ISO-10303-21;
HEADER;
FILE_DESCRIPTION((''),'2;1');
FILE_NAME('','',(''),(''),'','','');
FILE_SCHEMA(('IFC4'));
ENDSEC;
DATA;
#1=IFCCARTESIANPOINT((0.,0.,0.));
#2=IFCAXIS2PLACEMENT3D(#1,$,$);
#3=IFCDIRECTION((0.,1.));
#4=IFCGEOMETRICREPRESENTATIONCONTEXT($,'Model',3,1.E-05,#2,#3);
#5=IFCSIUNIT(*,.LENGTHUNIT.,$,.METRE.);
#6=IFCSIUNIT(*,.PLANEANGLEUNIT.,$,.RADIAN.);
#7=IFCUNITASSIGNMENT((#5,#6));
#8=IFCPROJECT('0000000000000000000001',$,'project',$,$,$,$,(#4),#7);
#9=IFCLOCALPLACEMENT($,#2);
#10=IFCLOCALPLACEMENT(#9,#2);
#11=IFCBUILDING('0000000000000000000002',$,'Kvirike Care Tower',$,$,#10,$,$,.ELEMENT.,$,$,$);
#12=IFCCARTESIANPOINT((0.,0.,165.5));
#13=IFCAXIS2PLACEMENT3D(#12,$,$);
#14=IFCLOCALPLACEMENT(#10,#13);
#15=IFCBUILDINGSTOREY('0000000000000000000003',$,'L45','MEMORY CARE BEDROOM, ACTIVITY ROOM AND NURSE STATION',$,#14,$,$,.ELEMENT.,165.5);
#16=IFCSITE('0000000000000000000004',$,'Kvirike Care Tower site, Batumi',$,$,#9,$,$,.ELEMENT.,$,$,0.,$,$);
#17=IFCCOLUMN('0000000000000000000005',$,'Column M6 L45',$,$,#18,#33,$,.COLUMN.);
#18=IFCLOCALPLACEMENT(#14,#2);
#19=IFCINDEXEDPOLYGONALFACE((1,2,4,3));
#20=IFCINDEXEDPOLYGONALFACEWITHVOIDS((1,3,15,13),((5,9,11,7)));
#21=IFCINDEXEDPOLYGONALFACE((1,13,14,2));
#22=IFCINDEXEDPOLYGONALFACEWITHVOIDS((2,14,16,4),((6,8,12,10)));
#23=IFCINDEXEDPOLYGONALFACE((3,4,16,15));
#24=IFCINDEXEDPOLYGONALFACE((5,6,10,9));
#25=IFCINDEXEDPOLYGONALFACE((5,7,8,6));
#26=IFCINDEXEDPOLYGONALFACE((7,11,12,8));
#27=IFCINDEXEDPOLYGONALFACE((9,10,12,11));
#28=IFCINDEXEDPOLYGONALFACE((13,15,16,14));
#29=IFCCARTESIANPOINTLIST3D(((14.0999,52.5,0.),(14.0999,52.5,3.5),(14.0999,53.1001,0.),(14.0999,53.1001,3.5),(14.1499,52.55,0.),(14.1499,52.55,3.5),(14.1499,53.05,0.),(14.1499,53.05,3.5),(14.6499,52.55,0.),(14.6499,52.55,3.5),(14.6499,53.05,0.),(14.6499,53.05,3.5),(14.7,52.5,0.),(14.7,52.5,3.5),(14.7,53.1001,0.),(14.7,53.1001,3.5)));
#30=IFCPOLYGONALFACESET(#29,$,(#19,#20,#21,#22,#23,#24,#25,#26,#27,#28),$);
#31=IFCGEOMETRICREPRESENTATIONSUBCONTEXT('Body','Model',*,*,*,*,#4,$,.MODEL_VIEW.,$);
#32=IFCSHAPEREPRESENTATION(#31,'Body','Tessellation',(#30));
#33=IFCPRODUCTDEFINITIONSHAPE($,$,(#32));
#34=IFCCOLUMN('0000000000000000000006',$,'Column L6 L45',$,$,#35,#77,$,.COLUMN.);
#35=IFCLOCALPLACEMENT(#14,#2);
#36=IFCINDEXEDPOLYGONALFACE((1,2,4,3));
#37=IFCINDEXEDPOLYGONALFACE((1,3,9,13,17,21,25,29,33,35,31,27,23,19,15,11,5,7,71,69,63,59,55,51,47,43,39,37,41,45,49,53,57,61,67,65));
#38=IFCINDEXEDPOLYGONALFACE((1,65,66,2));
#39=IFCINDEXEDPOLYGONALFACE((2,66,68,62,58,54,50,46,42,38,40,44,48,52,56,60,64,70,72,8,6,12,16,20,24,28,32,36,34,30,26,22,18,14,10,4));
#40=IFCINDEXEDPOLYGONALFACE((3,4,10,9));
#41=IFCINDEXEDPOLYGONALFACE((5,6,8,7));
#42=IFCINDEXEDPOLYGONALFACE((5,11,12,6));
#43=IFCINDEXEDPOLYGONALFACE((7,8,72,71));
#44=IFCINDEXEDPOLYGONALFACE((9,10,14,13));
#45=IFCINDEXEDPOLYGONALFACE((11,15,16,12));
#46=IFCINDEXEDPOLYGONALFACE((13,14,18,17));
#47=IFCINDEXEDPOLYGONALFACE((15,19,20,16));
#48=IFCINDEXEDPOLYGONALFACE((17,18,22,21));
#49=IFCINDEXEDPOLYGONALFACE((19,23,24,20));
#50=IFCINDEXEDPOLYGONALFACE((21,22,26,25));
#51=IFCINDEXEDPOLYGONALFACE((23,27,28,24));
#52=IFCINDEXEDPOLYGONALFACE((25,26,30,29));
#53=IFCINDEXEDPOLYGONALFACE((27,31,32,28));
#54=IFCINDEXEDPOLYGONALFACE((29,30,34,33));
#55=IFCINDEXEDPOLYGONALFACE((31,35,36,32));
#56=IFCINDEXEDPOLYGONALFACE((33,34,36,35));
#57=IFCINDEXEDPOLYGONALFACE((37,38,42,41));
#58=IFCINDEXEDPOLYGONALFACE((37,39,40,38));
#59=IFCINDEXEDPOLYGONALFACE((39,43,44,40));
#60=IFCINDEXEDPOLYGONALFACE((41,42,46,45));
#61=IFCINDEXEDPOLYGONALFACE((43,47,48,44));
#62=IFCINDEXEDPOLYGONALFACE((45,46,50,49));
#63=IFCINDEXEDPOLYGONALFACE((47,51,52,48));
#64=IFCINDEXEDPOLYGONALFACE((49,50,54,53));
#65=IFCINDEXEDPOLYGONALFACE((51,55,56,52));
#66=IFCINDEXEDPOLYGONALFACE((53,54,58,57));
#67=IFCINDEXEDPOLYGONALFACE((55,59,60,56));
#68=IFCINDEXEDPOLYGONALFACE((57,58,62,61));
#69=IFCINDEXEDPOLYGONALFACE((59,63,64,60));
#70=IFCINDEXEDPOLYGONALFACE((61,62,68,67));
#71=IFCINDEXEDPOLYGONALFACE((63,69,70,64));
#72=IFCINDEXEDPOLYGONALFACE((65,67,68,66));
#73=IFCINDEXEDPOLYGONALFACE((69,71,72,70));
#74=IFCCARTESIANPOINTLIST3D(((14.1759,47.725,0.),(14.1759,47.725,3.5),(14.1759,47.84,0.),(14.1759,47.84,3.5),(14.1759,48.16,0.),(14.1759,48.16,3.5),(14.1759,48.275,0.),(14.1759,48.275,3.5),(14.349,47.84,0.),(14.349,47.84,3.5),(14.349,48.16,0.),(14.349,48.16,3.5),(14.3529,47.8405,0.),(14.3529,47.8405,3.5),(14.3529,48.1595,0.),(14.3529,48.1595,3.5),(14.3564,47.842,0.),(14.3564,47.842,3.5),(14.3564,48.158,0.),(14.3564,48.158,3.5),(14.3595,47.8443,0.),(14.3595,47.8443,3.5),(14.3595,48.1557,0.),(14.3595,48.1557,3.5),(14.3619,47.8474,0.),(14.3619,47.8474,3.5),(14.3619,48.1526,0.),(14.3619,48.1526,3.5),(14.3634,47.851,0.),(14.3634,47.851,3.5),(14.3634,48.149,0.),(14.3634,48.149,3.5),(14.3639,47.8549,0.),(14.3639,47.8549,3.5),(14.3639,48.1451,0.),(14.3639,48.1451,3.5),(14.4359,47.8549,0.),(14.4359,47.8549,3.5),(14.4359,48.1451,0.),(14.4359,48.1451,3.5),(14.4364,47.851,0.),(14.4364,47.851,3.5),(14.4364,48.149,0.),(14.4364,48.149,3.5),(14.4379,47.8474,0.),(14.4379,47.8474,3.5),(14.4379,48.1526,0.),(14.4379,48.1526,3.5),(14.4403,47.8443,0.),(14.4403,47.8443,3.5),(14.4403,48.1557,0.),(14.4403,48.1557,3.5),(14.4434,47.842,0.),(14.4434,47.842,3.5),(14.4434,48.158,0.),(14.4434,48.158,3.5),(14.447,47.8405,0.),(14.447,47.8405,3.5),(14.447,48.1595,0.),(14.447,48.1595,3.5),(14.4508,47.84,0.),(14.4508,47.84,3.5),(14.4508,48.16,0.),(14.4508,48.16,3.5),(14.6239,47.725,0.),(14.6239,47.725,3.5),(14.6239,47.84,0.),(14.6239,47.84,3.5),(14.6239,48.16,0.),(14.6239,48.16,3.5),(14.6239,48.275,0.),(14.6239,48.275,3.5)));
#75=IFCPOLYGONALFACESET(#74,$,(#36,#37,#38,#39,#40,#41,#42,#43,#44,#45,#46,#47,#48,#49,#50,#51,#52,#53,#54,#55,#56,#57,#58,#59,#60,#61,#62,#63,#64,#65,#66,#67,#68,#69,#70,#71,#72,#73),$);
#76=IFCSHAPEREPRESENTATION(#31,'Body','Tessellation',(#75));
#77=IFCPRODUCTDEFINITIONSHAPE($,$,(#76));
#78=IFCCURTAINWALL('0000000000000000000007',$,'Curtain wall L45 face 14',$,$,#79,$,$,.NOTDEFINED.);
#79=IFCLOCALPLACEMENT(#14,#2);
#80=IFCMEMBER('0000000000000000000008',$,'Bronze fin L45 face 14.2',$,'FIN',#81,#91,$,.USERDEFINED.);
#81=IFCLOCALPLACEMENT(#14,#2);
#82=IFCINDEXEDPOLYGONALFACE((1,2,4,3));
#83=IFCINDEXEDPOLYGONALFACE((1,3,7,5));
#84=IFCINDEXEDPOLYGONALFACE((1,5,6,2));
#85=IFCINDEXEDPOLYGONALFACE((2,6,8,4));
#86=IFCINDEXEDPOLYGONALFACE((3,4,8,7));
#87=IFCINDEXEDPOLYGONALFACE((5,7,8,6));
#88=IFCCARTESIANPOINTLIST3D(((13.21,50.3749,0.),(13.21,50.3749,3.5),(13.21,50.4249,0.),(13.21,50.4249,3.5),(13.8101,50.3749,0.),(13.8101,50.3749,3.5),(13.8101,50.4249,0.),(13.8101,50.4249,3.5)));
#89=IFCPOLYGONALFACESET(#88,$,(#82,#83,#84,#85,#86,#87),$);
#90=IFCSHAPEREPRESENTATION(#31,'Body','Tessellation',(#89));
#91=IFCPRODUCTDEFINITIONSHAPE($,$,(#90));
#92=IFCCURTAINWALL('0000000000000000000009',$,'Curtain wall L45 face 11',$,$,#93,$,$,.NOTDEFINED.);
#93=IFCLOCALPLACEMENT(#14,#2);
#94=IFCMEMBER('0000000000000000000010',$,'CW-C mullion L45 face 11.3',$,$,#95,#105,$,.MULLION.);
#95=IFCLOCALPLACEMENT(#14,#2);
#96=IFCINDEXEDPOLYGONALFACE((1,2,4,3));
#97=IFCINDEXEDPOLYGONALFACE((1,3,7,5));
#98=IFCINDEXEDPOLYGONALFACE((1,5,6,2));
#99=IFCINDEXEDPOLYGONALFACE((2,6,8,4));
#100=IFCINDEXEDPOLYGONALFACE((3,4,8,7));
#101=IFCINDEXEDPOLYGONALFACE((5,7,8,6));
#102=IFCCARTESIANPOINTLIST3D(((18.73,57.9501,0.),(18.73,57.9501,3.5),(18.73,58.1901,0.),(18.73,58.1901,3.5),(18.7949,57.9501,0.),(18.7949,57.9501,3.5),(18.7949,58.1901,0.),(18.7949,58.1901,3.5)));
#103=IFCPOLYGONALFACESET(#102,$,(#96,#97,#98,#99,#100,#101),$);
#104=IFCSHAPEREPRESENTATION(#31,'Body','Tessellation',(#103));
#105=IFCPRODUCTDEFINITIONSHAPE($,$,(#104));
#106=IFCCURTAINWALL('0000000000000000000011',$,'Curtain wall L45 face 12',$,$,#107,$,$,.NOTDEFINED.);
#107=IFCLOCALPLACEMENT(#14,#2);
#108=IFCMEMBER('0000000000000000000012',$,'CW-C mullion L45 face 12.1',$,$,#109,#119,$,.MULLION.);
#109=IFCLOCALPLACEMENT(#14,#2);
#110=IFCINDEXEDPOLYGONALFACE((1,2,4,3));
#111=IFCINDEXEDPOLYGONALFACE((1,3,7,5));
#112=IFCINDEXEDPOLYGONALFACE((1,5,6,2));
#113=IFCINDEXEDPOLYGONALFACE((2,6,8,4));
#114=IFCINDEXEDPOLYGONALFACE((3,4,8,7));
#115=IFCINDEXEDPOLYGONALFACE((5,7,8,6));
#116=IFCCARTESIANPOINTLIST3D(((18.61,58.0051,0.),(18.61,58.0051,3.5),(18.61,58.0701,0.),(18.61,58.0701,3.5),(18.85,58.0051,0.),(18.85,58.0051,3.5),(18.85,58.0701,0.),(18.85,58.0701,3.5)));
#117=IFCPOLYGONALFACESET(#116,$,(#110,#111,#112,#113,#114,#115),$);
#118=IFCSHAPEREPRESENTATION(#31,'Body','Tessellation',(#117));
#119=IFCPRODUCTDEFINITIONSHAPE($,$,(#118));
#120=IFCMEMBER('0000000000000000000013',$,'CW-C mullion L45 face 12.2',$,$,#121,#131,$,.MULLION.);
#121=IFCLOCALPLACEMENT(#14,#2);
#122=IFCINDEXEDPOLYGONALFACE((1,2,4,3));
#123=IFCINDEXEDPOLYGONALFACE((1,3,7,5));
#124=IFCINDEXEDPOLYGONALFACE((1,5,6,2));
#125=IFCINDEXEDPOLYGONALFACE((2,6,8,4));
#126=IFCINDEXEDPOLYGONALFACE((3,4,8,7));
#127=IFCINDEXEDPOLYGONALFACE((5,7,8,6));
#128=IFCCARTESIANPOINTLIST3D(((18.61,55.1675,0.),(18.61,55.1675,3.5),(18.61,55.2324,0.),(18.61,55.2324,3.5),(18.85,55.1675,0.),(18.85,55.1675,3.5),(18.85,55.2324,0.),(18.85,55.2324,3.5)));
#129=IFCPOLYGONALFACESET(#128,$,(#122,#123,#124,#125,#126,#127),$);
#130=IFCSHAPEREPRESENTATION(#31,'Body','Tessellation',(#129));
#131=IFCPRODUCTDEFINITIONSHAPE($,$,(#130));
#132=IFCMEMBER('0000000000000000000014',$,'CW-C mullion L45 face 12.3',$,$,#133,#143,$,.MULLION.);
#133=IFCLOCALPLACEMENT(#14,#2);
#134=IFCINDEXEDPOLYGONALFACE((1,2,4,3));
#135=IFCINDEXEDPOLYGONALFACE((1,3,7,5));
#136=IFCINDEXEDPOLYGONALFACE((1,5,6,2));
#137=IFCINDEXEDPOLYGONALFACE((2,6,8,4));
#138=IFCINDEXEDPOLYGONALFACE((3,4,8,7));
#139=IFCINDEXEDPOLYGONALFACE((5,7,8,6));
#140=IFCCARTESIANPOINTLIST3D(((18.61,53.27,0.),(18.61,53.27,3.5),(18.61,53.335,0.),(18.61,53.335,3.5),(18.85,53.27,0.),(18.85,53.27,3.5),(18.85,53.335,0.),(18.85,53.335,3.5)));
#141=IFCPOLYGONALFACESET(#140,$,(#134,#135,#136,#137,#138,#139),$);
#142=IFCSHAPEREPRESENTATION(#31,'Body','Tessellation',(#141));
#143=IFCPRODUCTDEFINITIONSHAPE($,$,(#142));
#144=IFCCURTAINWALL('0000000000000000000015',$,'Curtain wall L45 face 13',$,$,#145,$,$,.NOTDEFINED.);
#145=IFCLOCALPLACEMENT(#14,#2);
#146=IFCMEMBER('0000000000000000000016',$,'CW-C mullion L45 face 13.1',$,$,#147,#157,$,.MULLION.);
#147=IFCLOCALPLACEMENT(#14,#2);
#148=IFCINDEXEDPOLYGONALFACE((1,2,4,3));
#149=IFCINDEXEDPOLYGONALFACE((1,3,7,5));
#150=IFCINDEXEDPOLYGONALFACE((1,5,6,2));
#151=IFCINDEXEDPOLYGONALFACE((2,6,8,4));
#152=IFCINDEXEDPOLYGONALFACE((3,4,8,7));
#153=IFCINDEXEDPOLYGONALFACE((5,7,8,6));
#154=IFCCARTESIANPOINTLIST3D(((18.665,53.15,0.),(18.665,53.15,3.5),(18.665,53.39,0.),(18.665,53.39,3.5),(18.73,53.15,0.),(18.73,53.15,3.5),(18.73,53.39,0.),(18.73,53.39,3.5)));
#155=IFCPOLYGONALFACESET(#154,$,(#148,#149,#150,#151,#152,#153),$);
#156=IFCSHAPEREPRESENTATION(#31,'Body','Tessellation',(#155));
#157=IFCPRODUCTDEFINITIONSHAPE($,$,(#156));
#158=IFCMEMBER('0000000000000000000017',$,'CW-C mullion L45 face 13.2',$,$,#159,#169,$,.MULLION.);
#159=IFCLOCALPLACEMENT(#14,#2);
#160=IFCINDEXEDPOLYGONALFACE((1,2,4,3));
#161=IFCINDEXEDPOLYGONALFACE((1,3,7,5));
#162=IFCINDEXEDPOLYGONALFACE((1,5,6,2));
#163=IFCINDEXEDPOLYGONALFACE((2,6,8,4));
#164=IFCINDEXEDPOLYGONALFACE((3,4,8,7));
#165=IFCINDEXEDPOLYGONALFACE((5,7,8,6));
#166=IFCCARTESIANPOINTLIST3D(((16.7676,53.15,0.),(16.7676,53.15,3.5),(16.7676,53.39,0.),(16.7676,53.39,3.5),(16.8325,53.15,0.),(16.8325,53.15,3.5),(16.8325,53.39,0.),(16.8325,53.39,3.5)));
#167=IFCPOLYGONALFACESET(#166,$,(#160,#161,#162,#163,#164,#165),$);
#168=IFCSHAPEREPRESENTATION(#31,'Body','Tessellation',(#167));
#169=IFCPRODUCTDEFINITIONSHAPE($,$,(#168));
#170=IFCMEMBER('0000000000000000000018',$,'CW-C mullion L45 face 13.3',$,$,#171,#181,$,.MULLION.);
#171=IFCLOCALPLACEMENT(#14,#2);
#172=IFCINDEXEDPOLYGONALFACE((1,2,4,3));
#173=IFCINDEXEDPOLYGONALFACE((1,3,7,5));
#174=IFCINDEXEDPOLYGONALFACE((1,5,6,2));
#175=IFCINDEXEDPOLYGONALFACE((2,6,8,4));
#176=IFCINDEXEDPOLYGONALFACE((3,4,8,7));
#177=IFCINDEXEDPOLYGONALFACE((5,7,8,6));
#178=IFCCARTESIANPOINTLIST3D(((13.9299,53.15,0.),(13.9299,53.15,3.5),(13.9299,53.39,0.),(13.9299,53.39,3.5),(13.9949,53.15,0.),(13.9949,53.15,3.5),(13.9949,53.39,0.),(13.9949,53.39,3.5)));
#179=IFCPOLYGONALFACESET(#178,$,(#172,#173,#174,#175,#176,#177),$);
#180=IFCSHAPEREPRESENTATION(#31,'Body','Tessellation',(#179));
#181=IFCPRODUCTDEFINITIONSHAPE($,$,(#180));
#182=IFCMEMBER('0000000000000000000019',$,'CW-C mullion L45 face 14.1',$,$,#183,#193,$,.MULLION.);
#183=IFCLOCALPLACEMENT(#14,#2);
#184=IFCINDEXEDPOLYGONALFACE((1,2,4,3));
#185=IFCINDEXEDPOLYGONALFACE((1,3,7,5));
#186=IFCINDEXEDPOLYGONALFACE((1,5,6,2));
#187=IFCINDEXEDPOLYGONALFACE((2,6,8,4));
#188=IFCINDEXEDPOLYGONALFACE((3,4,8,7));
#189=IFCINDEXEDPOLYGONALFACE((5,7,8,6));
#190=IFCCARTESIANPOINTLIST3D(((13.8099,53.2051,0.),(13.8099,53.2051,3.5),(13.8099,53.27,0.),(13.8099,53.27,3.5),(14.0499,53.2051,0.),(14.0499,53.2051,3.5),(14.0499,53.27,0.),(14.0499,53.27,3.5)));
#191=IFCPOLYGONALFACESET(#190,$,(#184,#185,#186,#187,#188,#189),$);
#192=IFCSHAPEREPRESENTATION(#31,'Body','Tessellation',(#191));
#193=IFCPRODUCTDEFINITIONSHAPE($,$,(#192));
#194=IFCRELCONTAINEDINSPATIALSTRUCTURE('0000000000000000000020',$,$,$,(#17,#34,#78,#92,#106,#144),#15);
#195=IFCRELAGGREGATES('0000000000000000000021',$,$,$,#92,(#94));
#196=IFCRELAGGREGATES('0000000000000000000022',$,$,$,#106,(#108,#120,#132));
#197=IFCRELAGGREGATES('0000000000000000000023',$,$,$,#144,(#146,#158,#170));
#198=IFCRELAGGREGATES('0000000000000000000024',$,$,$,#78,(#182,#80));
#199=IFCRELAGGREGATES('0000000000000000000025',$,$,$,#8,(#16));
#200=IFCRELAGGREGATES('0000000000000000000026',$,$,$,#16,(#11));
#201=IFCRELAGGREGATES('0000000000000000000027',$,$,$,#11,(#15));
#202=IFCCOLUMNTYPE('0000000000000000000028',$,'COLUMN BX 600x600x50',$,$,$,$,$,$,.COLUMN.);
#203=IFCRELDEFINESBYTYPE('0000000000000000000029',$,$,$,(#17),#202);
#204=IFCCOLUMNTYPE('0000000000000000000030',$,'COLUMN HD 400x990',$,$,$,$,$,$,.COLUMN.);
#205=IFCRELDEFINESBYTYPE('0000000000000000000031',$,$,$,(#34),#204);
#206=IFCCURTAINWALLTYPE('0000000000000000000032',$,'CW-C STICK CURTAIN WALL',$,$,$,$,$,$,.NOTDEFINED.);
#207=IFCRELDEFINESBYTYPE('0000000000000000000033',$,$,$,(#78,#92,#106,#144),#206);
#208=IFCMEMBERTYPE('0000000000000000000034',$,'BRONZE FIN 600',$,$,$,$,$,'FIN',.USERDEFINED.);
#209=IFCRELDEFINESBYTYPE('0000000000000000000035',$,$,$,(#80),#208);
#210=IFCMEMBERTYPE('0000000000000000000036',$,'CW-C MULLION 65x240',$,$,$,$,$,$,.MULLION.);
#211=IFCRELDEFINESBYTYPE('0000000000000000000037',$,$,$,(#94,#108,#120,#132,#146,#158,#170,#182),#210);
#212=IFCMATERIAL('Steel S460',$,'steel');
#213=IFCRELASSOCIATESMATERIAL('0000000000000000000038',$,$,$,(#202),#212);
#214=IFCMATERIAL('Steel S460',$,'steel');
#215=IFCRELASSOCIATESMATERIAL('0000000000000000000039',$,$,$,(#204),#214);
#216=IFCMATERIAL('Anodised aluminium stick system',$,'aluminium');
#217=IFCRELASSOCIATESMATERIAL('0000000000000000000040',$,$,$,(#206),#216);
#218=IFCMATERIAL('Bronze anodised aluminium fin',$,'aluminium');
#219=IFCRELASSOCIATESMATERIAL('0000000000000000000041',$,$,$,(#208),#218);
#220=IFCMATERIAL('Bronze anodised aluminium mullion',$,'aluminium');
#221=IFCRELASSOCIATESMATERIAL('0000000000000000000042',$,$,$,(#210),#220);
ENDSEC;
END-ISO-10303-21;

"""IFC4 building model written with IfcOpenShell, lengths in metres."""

from ifc_helpers import new_model, si_unit, direction, frame, origin, origin_2d, place, context, subcontext, project, spatial, rectangle, hollow_rectangle, i_section, extrude, material, material_profile, profile_set, type_object, element, aggregate, save


model = new_model("IFC4")

# Units and contexts
model_context = context("Model", 3, precision=1e-05, world=origin(), true_north=direction((0.0, 1.0)))
body_context = subcontext(model_context, "Body", "Model", "MODEL_VIEW")
ifc_project = project(units=[si_unit("LENGTHUNIT", "METRE"), si_unit("PLANEANGLEUNIT", "RADIAN")], contexts=[model_context])

# Site, building, storey
site_placement = place(None, origin())
site = spatial("IfcSite", under=ifc_project, at=site_placement, Name="Kvirike Care Tower site, Batumi", CompositionType="ELEMENT", RefElevation=0.0)
building_placement = place(site_placement, origin())
building = spatial("IfcBuilding", under=site, at=building_placement, Name="Kvirike Care Tower", CompositionType="ELEMENT")
storey_placement = place(building_placement, frame((0.0, 0.0, 165.5)))
storey = spatial("IfcBuildingStorey", under=building, at=storey_placement, Name="L45", Description="MEMORY CARE BEDROOM, ACTIVITY ROOM AND NURSE STATION", CompositionType="ELEMENT", Elevation=165.5)

# Columns
ifc_material_1 = material(Name="Steel S460", Category="steel")
ifc_material_profile_1 = material_profile(ifc_material_1, hollow_rectangle(XDim=0.6001, YDim=0.6001, WallThickness=0.05, at=origin_2d()), Name="BX 600x600x50")
ifc_profile_set_1 = profile_set([ifc_material_profile_1], Name="Steel S460")
column_type_1 = type_object("IfcColumnType", Name="COLUMN BX 600x600x50", PredefinedType="COLUMN", material=ifc_profile_set_1)
column_1_placement = place(storey_placement, frame((14.3999, 52.8, 0.0), z_axis=(0.0, 0.0, 1.0), x_axis=(0.0, 1.0, 0.0)))
element("IfcColumn", 1, at=column_1_placement, inside=storey, type_object=column_type_1, Name="Column M6 L45", PredefinedType="COLUMN", context=body_context, shape_type="SweptSolid", body=[
    extrude(hollow_rectangle(XDim=0.6001, YDim=0.6001, WallThickness=0.05, at=origin_2d()), origin(), (0.0, 0.0, 1.0), 3.5),
])
ifc_material_2 = material(Name="Steel S460", Category="steel")
ifc_material_profile_2 = material_profile(ifc_material_2, i_section(OverallWidth=0.448, OverallDepth=0.55, WebThickness=0.072, FlangeThickness=0.115, FilletRadius=0.0149, at=origin_2d()), Name="HD 400x990")
ifc_profile_set_2 = profile_set([ifc_material_profile_2], Name="Steel S460")
column_type_2 = type_object("IfcColumnType", Name="COLUMN HD 400x990", PredefinedType="COLUMN", material=ifc_profile_set_2)
column_2_placement = place(storey_placement, frame((14.3999, 48.0, 0.0), z_axis=(0.0, 0.0, 1.0), x_axis=(1.0, 0.0, 0.0)))
element("IfcColumn", 2, at=column_2_placement, inside=storey, type_object=column_type_2, Name="Column L6 L45", PredefinedType="COLUMN", context=body_context, shape_type="SweptSolid", body=[
    extrude(i_section(OverallWidth=0.448, OverallDepth=0.55, WebThickness=0.072, FlangeThickness=0.115, FilletRadius=0.0149, at=origin_2d()), origin(), (0.0, 0.0, 1.0), 3.5),
])

# Curtain walls, members
ifc_material_3 = material(Name="Anodised aluminium stick system", Category="aluminium")
curtain_wall_type = type_object("IfcCurtainWallType", Name="CW-C STICK CURTAIN WALL", PredefinedType="NOTDEFINED", material=ifc_material_3)
curtain_wall_1_placement = place(storey_placement, origin())
curtain_wall_1 = element("IfcCurtainWall", 3, at=curtain_wall_1_placement, inside=storey, type_object=curtain_wall_type, Name="Curtain wall L45 face 14", PredefinedType="NOTDEFINED")
ifc_material_4 = material(Name="Bronze anodised aluminium fin", Category="aluminium")
ifc_material_profile_3 = material_profile(ifc_material_4, rectangle(XDim=0.05, YDim=0.6001, at=origin_2d()), Name="BRONZE FIN 600")
ifc_profile_set_3 = profile_set([ifc_material_profile_3], Name="Bronze anodised aluminium fin")
member_type_1 = type_object("IfcMemberType", Name="BRONZE FIN 600", ElementType="FIN", PredefinedType="USERDEFINED", material=ifc_profile_set_3)
member_1_placement = place(storey_placement, frame((13.51, 50.3999, 0.0), z_axis=(0.0, 0.0, 1.0), x_axis=(0.0, -1.0, 0.0)))
member_1 = element("IfcMember", 4, at=member_1_placement, type_object=member_type_1, Name="Bronze fin L45 face 14.2", ObjectType="FIN", PredefinedType="USERDEFINED", context=body_context, shape_type="SweptSolid", body=[
    extrude(rectangle(XDim=0.05, YDim=0.6001, at=origin_2d()), origin(), (0.0, 0.0, 1.0), 3.5),
])
curtain_wall_2_placement = place(storey_placement, origin())
curtain_wall_2 = element("IfcCurtainWall", 5, at=curtain_wall_2_placement, inside=storey, type_object=curtain_wall_type, Name="Curtain wall L45 face 11", PredefinedType="NOTDEFINED")
ifc_material_5 = material(Name="Bronze anodised aluminium mullion", Category="aluminium")
ifc_material_profile_4 = material_profile(ifc_material_5, rectangle(XDim=0.0649, YDim=0.24, at=origin_2d()), Name="CW-C MULLION 65x240")
ifc_profile_set_4 = profile_set([ifc_material_profile_4], Name="Bronze anodised aluminium mullion")
member_type_2 = type_object("IfcMemberType", Name="CW-C MULLION 65x240", PredefinedType="MULLION", material=ifc_profile_set_4)
member_2_placement = place(storey_placement, frame((18.7625, 58.0701, 0.0), z_axis=(0.0, 0.0, 1.0), x_axis=(-1.0, 0.0, 0.0)))
member_2 = element("IfcMember", 6, at=member_2_placement, type_object=member_type_2, Name="CW-C mullion L45 face 11.3", PredefinedType="MULLION", context=body_context, shape_type="SweptSolid", body=[
    extrude(rectangle(XDim=0.0649, YDim=0.24, at=origin_2d()), origin(), (0.0, 0.0, 1.0), 3.5),
])
aggregate(curtain_wall_2, [member_2])

# Curtain walls, members
curtain_wall_3_placement = place(storey_placement, origin())
curtain_wall_3 = element("IfcCurtainWall", 7, at=curtain_wall_3_placement, inside=storey, type_object=curtain_wall_type, Name="Curtain wall L45 face 12", PredefinedType="NOTDEFINED")
member_3_placement = place(storey_placement, frame((18.73, 58.0376, 0.0), z_axis=(0.0, 0.0, 1.0), x_axis=(0.0, -1.0, 0.0)))
member_3 = element("IfcMember", 8, at=member_3_placement, type_object=member_type_2, Name="CW-C mullion L45 face 12.1", PredefinedType="MULLION", context=body_context, shape_type="SweptSolid", body=[
    extrude(rectangle(XDim=0.0649, YDim=0.24, at=origin_2d()), origin(), (0.0, 0.0, 1.0), 3.5),
])
member_4_placement = place(storey_placement, frame((18.73, 55.2, 0.0), z_axis=(0.0, 0.0, 1.0), x_axis=(0.0, -1.0, 0.0)))
member_4 = element("IfcMember", 9, at=member_4_placement, type_object=member_type_2, Name="CW-C mullion L45 face 12.2", PredefinedType="MULLION", context=body_context, shape_type="SweptSolid", body=[
    extrude(rectangle(XDim=0.0649, YDim=0.24, at=origin_2d()), origin(), (0.0, 0.0, 1.0), 3.5),
])
member_5_placement = place(storey_placement, frame((18.73, 53.3025, 0.0), z_axis=(0.0, 0.0, 1.0), x_axis=(0.0, -1.0, 0.0)))
member_5 = element("IfcMember", 10, at=member_5_placement, type_object=member_type_2, Name="CW-C mullion L45 face 12.3", PredefinedType="MULLION", context=body_context, shape_type="SweptSolid", body=[
    extrude(rectangle(XDim=0.0649, YDim=0.24, at=origin_2d()), origin(), (0.0, 0.0, 1.0), 3.5),
])
curtain_wall_4_placement = place(storey_placement, origin())
curtain_wall_4 = element("IfcCurtainWall", 11, at=curtain_wall_4_placement, inside=storey, type_object=curtain_wall_type, Name="Curtain wall L45 face 13", PredefinedType="NOTDEFINED")
member_6_placement = place(storey_placement, frame((18.6975, 53.27, 0.0), z_axis=(0.0, 0.0, 1.0), x_axis=(-1.0, 0.0, 0.0)))
member_6 = element("IfcMember", 12, at=member_6_placement, type_object=member_type_2, Name="CW-C mullion L45 face 13.1", PredefinedType="MULLION", context=body_context, shape_type="SweptSolid", body=[
    extrude(rectangle(XDim=0.0649, YDim=0.24, at=origin_2d()), origin(), (0.0, 0.0, 1.0), 3.5),
])
member_7_placement = place(storey_placement, frame((16.8, 53.27, 0.0), z_axis=(0.0, 0.0, 1.0), x_axis=(-1.0, 0.0, 0.0)))
member_7 = element("IfcMember", 13, at=member_7_placement, type_object=member_type_2, Name="CW-C mullion L45 face 13.2", PredefinedType="MULLION", context=body_context, shape_type="SweptSolid", body=[
    extrude(rectangle(XDim=0.0649, YDim=0.24, at=origin_2d()), origin(), (0.0, 0.0, 1.0), 3.5),
])
member_8_placement = place(storey_placement, frame((13.9624, 53.27, 0.0), z_axis=(0.0, 0.0, 1.0), x_axis=(-1.0, 0.0, 0.0)))
member_8 = element("IfcMember", 14, at=member_8_placement, type_object=member_type_2, Name="CW-C mullion L45 face 13.3", PredefinedType="MULLION", context=body_context, shape_type="SweptSolid", body=[
    extrude(rectangle(XDim=0.0649, YDim=0.24, at=origin_2d()), origin(), (0.0, 0.0, 1.0), 3.5),
])

# Member
member_9_placement = place(storey_placement, frame((13.9299, 53.2375, 0.0), z_axis=(0.0, 0.0, 1.0), x_axis=(0.0, -1.0, 0.0)))
member_9 = element("IfcMember", 15, at=member_9_placement, type_object=member_type_2, Name="CW-C mullion L45 face 14.1", PredefinedType="MULLION", context=body_context, shape_type="SweptSolid", body=[
    extrude(rectangle(XDim=0.0649, YDim=0.24, at=origin_2d()), origin(), (0.0, 0.0, 1.0), 3.5),
])

aggregate(curtain_wall_3, [member_3, member_4, member_5])
aggregate(curtain_wall_4, [member_6, member_7, member_8])
aggregate(curtain_wall_1, [member_9, member_1])

save(model, "model.ifc")
